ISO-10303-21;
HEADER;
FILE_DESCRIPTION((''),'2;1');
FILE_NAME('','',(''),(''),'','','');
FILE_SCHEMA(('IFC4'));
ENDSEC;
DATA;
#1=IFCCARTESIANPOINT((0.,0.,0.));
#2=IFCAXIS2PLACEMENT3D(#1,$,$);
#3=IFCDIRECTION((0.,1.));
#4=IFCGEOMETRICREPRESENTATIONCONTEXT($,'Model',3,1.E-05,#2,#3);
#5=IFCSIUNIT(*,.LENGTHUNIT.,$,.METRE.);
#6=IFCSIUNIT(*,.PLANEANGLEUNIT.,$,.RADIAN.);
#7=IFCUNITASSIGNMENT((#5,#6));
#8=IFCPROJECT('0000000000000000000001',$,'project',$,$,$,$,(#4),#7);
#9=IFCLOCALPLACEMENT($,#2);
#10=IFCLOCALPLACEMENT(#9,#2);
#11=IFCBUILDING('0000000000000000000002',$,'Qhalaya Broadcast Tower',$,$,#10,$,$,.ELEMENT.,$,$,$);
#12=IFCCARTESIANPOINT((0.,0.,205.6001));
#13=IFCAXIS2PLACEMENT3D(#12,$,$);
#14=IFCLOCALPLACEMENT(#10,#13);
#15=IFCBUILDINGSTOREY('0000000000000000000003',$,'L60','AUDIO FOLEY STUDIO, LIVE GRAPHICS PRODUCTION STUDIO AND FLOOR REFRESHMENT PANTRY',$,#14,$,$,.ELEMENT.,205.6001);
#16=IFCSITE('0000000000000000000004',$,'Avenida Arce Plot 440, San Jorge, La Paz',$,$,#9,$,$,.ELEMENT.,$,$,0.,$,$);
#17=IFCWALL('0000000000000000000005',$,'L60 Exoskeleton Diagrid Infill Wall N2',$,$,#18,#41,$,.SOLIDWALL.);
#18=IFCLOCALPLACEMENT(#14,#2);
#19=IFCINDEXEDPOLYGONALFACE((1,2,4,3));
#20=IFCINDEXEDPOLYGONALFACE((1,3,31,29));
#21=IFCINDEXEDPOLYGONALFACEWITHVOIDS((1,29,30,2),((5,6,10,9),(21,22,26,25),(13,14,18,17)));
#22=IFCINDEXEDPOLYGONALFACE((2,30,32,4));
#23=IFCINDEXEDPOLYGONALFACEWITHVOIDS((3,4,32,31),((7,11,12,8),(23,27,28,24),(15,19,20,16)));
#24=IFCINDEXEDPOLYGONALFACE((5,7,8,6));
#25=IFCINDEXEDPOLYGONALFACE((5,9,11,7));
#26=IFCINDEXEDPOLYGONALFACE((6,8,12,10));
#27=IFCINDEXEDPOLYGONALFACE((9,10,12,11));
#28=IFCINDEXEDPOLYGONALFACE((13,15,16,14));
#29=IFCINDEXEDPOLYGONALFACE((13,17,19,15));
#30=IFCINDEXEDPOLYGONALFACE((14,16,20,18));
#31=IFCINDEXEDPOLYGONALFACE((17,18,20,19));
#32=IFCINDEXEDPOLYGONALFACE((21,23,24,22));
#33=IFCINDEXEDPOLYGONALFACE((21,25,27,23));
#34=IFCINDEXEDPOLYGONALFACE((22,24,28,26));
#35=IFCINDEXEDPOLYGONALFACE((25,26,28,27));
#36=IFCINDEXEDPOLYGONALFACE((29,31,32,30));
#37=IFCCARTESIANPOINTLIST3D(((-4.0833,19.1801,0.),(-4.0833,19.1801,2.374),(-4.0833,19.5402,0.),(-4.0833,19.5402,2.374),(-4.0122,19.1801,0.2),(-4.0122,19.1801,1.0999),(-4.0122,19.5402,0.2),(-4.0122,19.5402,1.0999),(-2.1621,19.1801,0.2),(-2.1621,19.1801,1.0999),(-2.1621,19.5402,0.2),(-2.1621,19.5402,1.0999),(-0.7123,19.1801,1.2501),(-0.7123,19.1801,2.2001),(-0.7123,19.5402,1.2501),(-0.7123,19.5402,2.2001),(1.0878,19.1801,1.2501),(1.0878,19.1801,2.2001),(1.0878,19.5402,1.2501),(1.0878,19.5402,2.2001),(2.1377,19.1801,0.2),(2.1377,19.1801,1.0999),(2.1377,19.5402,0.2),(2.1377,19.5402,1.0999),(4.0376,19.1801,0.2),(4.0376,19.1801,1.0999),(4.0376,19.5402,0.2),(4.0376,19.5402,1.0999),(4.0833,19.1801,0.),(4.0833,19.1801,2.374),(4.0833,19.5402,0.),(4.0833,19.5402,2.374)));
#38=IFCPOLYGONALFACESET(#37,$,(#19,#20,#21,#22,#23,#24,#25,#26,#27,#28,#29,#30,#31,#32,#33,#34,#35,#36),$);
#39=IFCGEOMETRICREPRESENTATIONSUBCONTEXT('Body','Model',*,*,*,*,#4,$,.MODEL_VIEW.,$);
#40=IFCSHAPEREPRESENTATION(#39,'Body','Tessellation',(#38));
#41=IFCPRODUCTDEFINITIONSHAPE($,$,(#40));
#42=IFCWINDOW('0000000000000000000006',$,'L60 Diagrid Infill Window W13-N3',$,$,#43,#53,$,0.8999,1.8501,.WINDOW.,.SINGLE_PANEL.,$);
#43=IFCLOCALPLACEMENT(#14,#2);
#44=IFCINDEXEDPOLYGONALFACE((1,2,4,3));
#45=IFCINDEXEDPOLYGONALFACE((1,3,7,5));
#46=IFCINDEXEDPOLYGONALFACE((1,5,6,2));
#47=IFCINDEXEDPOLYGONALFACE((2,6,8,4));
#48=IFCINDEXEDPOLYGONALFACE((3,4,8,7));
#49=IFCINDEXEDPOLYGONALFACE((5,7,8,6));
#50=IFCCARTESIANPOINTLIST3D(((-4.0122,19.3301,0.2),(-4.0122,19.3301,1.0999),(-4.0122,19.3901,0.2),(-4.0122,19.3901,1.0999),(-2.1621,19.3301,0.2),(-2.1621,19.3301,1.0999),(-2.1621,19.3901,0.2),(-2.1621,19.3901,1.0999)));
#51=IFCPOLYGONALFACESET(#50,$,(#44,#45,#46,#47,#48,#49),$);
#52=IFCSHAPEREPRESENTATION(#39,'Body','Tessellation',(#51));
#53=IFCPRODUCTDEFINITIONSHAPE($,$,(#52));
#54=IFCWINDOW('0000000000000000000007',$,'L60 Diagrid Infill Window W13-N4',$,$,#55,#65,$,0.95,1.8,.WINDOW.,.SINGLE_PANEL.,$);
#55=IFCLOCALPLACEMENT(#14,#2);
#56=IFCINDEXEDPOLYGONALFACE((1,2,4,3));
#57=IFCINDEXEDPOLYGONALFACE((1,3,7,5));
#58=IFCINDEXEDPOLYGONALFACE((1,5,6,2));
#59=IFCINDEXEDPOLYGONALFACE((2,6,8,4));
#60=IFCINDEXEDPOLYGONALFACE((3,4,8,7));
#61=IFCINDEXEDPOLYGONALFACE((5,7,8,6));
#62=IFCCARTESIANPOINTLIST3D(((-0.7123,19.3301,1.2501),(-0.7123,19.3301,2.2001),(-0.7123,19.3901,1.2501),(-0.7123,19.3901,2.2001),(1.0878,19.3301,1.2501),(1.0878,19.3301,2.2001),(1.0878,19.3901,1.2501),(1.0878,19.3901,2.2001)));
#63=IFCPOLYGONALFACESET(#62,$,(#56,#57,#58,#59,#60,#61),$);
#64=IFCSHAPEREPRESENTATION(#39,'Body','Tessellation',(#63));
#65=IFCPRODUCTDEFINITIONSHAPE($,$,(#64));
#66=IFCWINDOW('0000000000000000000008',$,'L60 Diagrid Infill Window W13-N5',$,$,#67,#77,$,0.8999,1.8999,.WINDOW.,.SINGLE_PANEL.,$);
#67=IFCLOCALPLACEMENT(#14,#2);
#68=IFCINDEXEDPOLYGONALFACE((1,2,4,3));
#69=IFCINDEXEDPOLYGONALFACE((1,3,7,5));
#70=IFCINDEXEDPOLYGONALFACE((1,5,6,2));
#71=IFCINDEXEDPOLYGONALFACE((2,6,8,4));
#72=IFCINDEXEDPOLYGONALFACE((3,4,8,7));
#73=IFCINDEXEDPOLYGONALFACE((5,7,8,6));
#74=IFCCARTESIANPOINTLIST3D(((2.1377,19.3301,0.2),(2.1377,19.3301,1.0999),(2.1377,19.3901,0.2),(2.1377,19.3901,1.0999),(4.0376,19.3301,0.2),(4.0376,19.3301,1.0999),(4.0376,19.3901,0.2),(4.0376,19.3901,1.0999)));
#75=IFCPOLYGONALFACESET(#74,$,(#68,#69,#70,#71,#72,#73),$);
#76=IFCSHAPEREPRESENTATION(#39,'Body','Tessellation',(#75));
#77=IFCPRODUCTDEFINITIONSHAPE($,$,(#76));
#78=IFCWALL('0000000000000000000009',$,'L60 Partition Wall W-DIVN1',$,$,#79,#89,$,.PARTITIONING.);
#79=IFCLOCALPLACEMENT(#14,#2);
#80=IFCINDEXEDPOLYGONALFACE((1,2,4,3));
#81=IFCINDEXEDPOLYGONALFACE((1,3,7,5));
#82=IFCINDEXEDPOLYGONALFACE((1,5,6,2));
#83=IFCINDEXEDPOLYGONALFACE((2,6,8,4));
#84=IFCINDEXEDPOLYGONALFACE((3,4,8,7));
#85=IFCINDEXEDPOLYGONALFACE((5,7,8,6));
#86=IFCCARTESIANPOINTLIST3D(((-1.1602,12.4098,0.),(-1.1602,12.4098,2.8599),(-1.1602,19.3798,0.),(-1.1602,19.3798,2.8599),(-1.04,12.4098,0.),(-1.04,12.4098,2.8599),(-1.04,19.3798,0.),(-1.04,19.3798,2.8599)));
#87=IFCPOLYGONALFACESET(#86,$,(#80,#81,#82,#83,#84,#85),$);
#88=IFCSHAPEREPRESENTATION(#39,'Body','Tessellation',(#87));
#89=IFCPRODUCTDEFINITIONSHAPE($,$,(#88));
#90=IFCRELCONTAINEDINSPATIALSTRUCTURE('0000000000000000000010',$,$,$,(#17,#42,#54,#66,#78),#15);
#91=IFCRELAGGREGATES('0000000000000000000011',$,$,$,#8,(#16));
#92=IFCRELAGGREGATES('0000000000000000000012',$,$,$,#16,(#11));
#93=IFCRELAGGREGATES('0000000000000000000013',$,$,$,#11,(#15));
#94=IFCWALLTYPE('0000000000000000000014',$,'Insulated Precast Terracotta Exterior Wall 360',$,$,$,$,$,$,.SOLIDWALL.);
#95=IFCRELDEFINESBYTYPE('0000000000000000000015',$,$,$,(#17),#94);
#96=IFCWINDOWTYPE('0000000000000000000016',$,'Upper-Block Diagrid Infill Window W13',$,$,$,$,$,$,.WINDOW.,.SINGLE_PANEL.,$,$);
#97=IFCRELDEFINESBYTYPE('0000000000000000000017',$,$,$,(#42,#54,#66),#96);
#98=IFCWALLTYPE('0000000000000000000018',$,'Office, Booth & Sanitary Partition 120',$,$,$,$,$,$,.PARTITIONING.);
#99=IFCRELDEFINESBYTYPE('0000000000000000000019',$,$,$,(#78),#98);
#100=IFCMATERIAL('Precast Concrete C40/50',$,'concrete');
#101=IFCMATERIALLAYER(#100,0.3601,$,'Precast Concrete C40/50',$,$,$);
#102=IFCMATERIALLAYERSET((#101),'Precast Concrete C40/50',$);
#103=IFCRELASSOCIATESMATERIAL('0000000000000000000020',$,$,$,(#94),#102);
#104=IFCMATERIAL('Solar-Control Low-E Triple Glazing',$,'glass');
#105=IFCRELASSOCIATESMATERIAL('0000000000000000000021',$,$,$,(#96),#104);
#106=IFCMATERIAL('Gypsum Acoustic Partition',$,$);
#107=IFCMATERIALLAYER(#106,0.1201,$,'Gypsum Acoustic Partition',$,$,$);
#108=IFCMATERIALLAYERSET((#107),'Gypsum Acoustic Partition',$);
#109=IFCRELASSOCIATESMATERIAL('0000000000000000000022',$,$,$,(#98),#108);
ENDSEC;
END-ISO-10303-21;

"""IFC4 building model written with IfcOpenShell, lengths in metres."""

from ifc_helpers import new_model, si_unit, direction, frame, frame_2d, origin, place, context, subcontext, project, spatial, rectangle, extrude, material, layer, layer_set, type_object, element, fill, save


model = new_model("IFC4")

# Units and contexts
model_context = context("Model", 3, precision=1e-05, world=origin(), true_north=direction((0.0, 1.0)))
body_context = subcontext(model_context, "Body", "Model", "MODEL_VIEW")
ifc_project = project(units=[si_unit("LENGTHUNIT", "METRE"), si_unit("PLANEANGLEUNIT", "RADIAN")], contexts=[model_context])

# Site, building, storey
site_placement = place(None, origin())
site = spatial("IfcSite", under=ifc_project, at=site_placement, Name="Avenida Arce Plot 440, San Jorge, La Paz", CompositionType="ELEMENT", RefElevation=0.0)
building_placement = place(site_placement, origin())
building = spatial("IfcBuilding", under=site, at=building_placement, Name="Qhalaya Broadcast Tower", CompositionType="ELEMENT")
storey_placement = place(building_placement, frame((0.0, 0.0, 205.6001)))
storey = spatial("IfcBuildingStorey", under=building, at=storey_placement, Name="L60", Description="AUDIO FOLEY STUDIO, LIVE GRAPHICS PRODUCTION STUDIO AND FLOOR REFRESHMENT PANTRY", CompositionType="ELEMENT", Elevation=205.6001)

# Shared definitions
ifc_material_1 = material(Name="Gypsum Acoustic Partition")

# Wall, openings, windows
ifc_material_2 = material(Name="Precast Concrete C40/50", Category="concrete")
ifc_layer_1 = layer(ifc_material_2, 0.3601, Name="Precast Concrete C40/50")
ifc_layer_set_1 = layer_set([ifc_layer_1], Name="Precast Concrete C40/50")
wall_type_1 = type_object("IfcWallType", Name="Insulated Precast Terracotta Exterior Wall 360", PredefinedType="SOLIDWALL", material=ifc_layer_set_1)
wall_1_placement = place(storey_placement, frame((-4.0833, 19.3601, 0.0), z_axis=(0.0, 0.0, 1.0), x_axis=(1.0, 0.0, 0.0)))
wall_1 = element("IfcWall", 1, at=wall_1_placement, inside=storey, type_object=wall_type_1, Name="L60 Exoskeleton Diagrid Infill Wall N2", PredefinedType="SOLIDWALL", context=body_context, shape_type="SweptSolid", body=[
    extrude(rectangle(XDim=8.1665, YDim=0.3601, at=frame_2d((4.0833, 0.0))), origin(), (0.0, 0.0, 1.0), 2.374),
])
opening_1_placement = place(wall_1_placement, frame((0.071, 0.0, 0.2)))
opening_1 = element("IfcOpeningElement", 2, at=opening_1_placement, cuts=wall_1, PredefinedType="OPENING", context=body_context, shape_type="SweptSolid", body=[
    extrude(rectangle(XDim=1.8501, YDim=0.8999, at=frame_2d((0.925, 0.45))), frame((0.0, 0.1921, 0.0), z_axis=(0.0, -1.0, 0.0), x_axis=(1.0, 0.0, 0.0)), (0.0, 0.0, 1.0), 0.384),
])
opening_2_placement = place(wall_1_placement, frame((3.3711, 0.0, 1.25)))
opening_2 = element("IfcOpeningElement", 3, at=opening_2_placement, cuts=wall_1, PredefinedType="OPENING", context=body_context, shape_type="SweptSolid", body=[
    extrude(rectangle(XDim=1.8, YDim=0.95, at=frame_2d((0.8999, 0.4751))), frame((0.0, 0.1921, 0.0), z_axis=(0.0, -1.0, 0.0), x_axis=(1.0, 0.0, 0.0)), (0.0, 0.0, 1.0), 0.384),
])
opening_3_placement = place(wall_1_placement, frame((6.2209, 0.0, 0.2)))
opening_3 = element("IfcOpeningElement", 4, at=opening_3_placement, cuts=wall_1, PredefinedType="OPENING", context=body_context, shape_type="SweptSolid", body=[
    extrude(rectangle(XDim=1.8999, YDim=0.8999, at=frame_2d((0.95, 0.45))), frame((0.0, 0.1921, 0.0), z_axis=(0.0, -1.0, 0.0), x_axis=(1.0, 0.0, 0.0)), (0.0, 0.0, 1.0), 0.384),
])
ifc_material_3 = material(Name="Solar-Control Low-E Triple Glazing", Category="glass")
window_type = type_object("IfcWindowType", Name="Upper-Block Diagrid Infill Window W13", PartitioningType="SINGLE_PANEL", PredefinedType="WINDOW", material=ifc_material_3)
window_1_placement = place(opening_1_placement, origin())
window_1 = element("IfcWindow", 5, at=window_1_placement, inside=storey, type_object=window_type, Name="L60 Diagrid Infill Window W13-N3", OverallHeight=0.8999, OverallWidth=1.8501, PartitioningType="SINGLE_PANEL", PredefinedType="WINDOW", context=body_context, shape_type="SweptSolid", body=[
    extrude(rectangle(XDim=1.8501, YDim=0.8999, at=frame_2d((0.925, 0.45))), frame((0.0, 0.03, 0.0), z_axis=(0.0, -1.0, 0.0), x_axis=(1.0, 0.0, 0.0)), (0.0, 0.0, 1.0), 0.0601),
])
fill(opening_1, window_1)
window_2_placement = place(opening_2_placement, origin())
window_2 = element("IfcWindow", 6, at=window_2_placement, inside=storey, type_object=window_type, Name="L60 Diagrid Infill Window W13-N4", OverallHeight=0.95, OverallWidth=1.8, PartitioningType="SINGLE_PANEL", PredefinedType="WINDOW", context=body_context, shape_type="SweptSolid", body=[
    extrude(rectangle(XDim=1.8, YDim=0.95, at=frame_2d((0.8999, 0.4751))), frame((0.0, 0.03, 0.0), z_axis=(0.0, -1.0, 0.0), x_axis=(1.0, 0.0, 0.0)), (0.0, 0.0, 1.0), 0.0601),
])
fill(opening_2, window_2)
window_3_placement = place(opening_3_placement, origin())
window_3 = element("IfcWindow", 7, at=window_3_placement, inside=storey, type_object=window_type, Name="L60 Diagrid Infill Window W13-N5", OverallHeight=0.8999, OverallWidth=1.8999, PartitioningType="SINGLE_PANEL", PredefinedType="WINDOW", context=body_context, shape_type="SweptSolid", body=[
    extrude(rectangle(XDim=1.8999, YDim=0.8999, at=frame_2d((0.95, 0.45))), frame((0.0, 0.03, 0.0), z_axis=(0.0, -1.0, 0.0), x_axis=(1.0, 0.0, 0.0)), (0.0, 0.0, 1.0), 0.0601),
])
fill(opening_3, window_3)

# Wall
ifc_layer_2 = layer(ifc_material_1, 0.1201, Name="Gypsum Acoustic Partition")
ifc_layer_set_2 = layer_set([ifc_layer_2], Name="Gypsum Acoustic Partition")
wall_type_2 = type_object("IfcWallType", Name="Office, Booth & Sanitary Partition 120", PredefinedType="PARTITIONING", material=ifc_layer_set_2)
wall_2_placement = place(storey_placement, frame((-1.1001, 12.4099, 0.0), z_axis=(0.0, 0.0, 1.0), x_axis=(0.0, 1.0, 0.0)))
element("IfcWall", 8, at=wall_2_placement, inside=storey, type_object=wall_type_2, Name="L60 Partition Wall W-DIVN1", PredefinedType="PARTITIONING", context=body_context, shape_type="SweptSolid", body=[
    extrude(rectangle(XDim=6.97, YDim=0.1201, at=frame_2d((3.4849, 0.0))), origin(), (0.0, 0.0, 1.0), 2.8599),
])

save(model, "model.ifc")
